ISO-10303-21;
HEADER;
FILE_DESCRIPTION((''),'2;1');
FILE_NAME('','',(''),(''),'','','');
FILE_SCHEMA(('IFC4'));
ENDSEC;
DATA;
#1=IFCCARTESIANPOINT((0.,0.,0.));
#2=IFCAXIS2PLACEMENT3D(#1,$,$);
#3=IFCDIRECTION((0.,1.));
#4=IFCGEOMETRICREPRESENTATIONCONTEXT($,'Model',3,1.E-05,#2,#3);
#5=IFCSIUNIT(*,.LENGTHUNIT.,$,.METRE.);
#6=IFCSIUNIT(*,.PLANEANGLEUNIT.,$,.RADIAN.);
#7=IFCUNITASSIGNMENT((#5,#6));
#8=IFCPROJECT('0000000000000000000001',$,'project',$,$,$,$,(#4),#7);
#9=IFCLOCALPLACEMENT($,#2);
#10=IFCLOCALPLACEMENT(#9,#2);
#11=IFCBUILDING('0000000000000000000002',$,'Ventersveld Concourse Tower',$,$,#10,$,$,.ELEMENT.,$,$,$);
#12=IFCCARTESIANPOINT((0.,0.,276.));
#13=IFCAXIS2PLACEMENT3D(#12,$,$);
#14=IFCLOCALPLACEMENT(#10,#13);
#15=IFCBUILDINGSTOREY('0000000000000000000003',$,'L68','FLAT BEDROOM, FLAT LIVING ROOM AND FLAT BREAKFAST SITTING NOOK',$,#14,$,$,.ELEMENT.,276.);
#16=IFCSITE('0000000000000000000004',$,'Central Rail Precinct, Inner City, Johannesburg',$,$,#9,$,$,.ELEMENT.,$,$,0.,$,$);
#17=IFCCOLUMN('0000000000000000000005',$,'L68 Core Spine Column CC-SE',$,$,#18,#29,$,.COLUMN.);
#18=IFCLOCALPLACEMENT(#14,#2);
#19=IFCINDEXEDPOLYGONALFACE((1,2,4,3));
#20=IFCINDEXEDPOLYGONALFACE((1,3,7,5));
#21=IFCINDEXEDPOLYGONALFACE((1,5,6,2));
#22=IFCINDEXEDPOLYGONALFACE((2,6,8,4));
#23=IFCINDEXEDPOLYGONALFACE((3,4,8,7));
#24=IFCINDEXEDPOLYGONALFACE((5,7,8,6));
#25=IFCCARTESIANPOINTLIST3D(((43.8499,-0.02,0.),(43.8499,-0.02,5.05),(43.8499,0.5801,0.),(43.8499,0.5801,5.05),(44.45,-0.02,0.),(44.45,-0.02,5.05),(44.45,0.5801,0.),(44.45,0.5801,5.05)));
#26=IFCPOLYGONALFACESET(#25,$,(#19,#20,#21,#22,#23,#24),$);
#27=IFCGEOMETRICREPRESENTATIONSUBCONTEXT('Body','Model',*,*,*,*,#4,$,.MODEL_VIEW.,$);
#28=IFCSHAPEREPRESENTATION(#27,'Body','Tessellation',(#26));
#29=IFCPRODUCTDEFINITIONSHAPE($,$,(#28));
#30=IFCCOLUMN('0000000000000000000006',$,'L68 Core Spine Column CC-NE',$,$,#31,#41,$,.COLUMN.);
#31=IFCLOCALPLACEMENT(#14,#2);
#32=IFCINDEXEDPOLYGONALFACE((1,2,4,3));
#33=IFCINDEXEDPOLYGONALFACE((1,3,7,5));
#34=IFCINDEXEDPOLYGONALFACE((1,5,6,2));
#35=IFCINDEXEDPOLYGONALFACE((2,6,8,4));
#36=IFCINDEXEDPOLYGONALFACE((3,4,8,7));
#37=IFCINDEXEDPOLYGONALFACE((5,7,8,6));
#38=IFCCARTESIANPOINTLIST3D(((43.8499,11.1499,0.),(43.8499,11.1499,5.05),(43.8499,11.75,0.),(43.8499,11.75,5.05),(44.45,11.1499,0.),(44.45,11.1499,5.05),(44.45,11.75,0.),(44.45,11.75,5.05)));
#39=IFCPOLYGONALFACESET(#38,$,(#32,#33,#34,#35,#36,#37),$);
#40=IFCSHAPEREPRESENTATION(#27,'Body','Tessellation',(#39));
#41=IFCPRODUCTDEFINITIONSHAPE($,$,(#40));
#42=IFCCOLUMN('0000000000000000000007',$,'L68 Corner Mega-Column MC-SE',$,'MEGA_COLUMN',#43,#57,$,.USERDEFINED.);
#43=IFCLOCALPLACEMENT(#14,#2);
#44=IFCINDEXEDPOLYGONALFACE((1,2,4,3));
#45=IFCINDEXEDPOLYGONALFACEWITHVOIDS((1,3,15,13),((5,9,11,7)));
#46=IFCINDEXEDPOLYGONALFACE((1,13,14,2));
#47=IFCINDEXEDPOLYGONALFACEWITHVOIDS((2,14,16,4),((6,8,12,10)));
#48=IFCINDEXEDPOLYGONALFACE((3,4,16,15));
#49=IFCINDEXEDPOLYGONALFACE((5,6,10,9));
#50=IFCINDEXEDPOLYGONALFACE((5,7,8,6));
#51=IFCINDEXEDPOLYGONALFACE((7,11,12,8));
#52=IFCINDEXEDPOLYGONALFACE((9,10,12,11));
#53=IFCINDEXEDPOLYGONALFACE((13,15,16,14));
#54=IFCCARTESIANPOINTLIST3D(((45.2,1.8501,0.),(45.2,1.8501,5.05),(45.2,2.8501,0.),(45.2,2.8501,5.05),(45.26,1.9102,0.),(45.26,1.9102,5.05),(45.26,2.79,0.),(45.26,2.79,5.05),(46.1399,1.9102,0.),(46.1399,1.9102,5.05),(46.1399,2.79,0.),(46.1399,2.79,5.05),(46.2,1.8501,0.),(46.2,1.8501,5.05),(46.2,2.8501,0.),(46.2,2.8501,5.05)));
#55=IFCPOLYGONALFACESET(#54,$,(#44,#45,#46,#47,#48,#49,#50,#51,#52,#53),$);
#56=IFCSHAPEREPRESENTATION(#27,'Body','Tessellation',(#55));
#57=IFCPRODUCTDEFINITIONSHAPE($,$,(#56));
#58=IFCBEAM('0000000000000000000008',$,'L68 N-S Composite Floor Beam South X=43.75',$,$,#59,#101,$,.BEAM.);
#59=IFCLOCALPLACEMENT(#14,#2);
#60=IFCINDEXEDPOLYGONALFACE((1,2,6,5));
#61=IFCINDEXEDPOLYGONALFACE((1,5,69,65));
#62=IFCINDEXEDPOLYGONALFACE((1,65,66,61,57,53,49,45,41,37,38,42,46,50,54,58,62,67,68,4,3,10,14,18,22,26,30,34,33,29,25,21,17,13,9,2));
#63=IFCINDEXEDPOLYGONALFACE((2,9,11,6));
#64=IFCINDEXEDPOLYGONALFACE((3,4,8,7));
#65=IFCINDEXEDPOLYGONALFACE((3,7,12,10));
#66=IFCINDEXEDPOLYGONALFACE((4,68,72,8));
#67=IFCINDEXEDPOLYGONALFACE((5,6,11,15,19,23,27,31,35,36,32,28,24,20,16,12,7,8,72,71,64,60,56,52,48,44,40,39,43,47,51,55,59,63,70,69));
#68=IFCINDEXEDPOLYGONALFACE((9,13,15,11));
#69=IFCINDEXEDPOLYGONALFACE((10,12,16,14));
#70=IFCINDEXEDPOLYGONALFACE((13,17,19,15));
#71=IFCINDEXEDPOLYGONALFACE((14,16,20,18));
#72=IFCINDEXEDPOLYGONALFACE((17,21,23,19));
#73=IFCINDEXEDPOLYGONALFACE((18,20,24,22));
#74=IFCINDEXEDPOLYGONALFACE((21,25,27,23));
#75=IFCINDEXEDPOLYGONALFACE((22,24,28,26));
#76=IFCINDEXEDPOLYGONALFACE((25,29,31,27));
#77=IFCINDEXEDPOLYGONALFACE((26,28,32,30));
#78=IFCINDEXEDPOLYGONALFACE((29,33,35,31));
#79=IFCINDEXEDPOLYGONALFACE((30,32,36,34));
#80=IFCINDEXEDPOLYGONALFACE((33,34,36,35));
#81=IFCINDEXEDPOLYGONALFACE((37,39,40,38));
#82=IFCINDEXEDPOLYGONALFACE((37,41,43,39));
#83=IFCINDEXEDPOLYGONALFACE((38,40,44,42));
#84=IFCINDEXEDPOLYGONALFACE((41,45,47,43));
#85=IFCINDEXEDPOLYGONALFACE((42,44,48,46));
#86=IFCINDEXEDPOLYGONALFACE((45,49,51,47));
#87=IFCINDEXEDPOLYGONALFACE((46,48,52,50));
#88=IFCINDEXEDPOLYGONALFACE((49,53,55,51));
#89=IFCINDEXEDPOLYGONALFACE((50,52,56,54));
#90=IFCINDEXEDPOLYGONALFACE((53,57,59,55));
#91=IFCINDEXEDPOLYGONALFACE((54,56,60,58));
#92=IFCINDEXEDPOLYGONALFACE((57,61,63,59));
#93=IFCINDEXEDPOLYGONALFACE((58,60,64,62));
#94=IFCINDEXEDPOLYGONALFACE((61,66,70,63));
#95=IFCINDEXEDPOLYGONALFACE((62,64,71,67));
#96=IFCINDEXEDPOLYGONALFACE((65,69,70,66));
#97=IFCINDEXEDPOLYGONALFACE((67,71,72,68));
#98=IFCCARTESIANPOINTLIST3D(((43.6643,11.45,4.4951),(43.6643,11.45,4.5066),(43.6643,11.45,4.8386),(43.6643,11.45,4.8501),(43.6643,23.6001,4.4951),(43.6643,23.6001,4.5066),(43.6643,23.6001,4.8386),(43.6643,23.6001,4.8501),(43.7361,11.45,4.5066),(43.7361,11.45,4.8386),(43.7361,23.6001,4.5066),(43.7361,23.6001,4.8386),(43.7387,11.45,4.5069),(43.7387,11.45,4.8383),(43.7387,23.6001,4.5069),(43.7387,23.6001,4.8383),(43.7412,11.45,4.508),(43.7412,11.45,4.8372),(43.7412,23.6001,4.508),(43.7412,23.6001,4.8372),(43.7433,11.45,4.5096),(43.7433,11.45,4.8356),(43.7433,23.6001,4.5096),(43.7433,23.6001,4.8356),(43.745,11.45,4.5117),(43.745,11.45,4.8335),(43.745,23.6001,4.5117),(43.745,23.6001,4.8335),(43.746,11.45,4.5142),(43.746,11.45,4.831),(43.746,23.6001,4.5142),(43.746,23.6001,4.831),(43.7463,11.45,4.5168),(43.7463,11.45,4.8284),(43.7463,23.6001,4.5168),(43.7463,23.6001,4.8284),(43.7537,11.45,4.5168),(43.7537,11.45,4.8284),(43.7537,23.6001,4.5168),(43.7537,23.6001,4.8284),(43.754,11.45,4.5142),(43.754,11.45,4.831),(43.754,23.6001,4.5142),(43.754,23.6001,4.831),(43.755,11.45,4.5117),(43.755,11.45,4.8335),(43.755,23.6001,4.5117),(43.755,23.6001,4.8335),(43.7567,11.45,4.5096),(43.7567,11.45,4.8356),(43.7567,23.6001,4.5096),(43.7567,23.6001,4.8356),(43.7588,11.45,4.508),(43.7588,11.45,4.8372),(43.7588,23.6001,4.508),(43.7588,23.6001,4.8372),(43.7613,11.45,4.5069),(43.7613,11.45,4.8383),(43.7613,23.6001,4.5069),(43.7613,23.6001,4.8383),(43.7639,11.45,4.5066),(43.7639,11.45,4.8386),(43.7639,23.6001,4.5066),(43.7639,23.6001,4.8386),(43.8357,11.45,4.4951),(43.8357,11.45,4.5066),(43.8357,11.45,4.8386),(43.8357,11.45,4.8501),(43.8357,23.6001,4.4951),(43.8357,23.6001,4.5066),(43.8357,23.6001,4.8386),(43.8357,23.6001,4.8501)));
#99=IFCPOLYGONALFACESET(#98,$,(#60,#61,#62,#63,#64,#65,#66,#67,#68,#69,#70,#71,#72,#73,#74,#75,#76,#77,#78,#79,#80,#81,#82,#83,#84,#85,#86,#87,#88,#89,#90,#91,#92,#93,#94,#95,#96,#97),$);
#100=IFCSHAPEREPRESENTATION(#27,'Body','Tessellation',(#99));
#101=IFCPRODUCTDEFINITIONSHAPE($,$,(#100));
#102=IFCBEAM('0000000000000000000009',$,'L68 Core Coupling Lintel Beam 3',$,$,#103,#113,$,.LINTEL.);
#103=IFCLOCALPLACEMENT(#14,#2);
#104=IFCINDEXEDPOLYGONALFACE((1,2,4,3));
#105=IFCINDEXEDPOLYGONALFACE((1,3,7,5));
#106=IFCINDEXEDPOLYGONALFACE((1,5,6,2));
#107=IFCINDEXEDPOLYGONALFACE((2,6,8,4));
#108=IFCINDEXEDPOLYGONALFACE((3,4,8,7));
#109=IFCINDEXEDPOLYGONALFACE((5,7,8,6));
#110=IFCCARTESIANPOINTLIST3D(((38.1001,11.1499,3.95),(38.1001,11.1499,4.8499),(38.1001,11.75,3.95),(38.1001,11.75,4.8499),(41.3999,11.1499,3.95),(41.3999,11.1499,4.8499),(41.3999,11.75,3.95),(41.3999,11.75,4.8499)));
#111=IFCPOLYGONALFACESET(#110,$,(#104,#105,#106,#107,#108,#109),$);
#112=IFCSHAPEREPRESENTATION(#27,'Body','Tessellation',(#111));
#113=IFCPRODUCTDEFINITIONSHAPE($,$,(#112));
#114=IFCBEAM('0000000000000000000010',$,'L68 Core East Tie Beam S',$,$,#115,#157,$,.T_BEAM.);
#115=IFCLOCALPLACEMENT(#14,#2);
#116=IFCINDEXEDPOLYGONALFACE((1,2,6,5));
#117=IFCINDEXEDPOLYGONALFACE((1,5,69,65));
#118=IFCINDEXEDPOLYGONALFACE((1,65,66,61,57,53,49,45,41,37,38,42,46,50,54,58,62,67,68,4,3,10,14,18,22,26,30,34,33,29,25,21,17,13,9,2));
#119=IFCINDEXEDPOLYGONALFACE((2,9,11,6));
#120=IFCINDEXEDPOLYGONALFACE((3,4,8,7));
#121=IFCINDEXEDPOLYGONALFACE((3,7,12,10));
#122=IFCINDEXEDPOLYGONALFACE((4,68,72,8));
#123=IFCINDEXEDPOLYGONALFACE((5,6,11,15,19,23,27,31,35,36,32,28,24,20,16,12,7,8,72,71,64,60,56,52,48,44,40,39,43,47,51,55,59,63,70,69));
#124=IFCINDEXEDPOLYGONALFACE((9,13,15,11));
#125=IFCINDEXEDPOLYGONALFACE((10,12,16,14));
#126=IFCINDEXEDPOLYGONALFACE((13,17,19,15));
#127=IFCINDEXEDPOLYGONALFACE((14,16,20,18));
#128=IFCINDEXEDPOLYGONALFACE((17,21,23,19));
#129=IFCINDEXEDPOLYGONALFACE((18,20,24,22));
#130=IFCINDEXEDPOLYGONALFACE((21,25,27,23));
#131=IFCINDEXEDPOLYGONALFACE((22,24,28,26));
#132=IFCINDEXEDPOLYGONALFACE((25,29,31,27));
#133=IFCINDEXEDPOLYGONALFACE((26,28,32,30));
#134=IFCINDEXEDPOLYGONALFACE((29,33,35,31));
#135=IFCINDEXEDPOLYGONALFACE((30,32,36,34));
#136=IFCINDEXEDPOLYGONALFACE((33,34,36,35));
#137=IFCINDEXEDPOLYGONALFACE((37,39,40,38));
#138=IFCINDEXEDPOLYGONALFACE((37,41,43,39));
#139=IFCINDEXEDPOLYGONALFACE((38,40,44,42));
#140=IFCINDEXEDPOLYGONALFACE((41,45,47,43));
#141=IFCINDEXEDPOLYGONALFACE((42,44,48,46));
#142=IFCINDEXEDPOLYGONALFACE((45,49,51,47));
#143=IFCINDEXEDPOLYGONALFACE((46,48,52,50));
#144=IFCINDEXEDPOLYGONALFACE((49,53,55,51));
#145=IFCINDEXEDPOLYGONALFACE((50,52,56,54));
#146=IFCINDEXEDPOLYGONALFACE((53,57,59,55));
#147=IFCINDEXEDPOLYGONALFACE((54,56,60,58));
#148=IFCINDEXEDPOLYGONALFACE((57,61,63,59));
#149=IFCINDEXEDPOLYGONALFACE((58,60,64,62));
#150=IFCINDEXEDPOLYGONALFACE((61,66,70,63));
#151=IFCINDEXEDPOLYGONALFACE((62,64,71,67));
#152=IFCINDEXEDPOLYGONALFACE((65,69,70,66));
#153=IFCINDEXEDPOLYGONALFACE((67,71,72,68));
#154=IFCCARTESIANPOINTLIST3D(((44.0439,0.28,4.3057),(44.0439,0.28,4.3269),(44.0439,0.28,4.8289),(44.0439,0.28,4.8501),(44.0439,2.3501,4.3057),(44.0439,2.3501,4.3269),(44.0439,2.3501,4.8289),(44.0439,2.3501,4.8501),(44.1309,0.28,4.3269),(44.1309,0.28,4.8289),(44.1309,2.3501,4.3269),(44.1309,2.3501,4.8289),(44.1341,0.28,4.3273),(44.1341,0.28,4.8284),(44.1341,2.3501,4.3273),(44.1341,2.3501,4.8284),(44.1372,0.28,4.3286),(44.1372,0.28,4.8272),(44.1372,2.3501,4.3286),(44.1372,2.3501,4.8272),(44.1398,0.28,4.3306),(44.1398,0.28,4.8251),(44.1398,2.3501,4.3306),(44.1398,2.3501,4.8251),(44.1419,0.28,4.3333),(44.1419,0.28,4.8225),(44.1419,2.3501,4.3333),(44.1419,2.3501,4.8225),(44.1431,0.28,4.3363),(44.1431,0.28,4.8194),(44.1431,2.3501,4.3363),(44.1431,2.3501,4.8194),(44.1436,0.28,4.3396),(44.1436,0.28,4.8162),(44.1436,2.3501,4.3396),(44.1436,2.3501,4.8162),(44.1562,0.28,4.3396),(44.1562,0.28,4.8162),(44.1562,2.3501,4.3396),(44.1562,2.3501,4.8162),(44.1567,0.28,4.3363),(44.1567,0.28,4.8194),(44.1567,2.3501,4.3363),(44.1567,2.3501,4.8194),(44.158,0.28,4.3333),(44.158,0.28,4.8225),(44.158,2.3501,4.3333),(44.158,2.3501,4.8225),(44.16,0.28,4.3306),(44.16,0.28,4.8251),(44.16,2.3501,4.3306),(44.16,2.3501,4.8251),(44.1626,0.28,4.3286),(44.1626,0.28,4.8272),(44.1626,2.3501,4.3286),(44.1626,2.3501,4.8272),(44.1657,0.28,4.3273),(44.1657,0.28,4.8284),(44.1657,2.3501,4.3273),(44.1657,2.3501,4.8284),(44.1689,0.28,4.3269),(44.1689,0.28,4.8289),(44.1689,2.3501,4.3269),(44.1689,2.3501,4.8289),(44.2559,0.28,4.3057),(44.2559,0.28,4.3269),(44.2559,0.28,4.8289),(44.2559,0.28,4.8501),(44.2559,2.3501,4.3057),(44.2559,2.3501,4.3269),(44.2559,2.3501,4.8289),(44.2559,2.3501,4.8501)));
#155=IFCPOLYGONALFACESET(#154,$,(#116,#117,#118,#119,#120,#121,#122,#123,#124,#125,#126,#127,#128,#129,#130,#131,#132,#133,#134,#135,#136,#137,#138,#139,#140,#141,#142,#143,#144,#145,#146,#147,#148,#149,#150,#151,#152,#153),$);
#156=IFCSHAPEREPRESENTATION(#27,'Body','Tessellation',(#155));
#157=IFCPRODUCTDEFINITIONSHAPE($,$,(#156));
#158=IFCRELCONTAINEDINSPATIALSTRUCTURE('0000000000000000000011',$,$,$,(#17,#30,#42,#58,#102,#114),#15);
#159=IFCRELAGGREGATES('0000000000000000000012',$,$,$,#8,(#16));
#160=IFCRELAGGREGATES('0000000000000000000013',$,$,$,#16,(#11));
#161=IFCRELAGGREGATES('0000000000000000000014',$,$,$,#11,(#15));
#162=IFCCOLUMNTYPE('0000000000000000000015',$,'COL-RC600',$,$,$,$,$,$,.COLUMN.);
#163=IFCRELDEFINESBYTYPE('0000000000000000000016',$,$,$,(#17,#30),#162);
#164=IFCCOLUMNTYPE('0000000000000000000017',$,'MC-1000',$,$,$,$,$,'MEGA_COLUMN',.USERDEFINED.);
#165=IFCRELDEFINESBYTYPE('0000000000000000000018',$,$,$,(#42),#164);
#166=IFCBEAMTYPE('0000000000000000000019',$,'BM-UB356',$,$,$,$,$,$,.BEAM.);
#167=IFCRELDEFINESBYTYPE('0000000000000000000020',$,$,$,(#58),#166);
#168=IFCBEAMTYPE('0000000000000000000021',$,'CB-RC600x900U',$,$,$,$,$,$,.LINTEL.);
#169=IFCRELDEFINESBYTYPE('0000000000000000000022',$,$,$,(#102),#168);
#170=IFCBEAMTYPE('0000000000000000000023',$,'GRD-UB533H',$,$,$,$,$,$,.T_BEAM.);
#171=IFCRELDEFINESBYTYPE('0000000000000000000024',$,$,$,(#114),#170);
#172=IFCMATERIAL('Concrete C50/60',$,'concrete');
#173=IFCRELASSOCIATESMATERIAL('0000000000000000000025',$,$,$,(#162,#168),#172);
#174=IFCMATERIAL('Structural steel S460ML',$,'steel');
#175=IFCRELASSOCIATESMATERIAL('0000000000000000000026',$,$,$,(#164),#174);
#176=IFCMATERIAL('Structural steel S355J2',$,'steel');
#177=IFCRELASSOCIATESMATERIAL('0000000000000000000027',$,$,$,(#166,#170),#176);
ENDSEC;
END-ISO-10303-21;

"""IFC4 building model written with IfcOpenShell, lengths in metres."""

from ifc_helpers import new_model, si_unit, direction, frame, origin, origin_2d, place, context, subcontext, project, spatial, rectangle, hollow_rectangle, i_section, extrude, material, material_profile, profile_set, type_object, element, save


model = new_model("IFC4")

# Units and contexts
model_context = context("Model", 3, precision=1e-05, world=origin(), true_north=direction((0.0, 1.0)))
body_context = subcontext(model_context, "Body", "Model", "MODEL_VIEW")
ifc_project = project(units=[si_unit("LENGTHUNIT", "METRE"), si_unit("PLANEANGLEUNIT", "RADIAN")], contexts=[model_context])

# Site, building, storey
site_placement = place(None, origin())
site = spatial("IfcSite", under=ifc_project, at=site_placement, Name="Central Rail Precinct, Inner City, Johannesburg", CompositionType="ELEMENT", RefElevation=0.0)
building_placement = place(site_placement, origin())
building = spatial("IfcBuilding", under=site, at=building_placement, Name="Ventersveld Concourse Tower", CompositionType="ELEMENT")
storey_placement = place(building_placement, frame((0.0, 0.0, 276.0)))
storey = spatial("IfcBuildingStorey", under=building, at=storey_placement, Name="L68", Description="FLAT BEDROOM, FLAT LIVING ROOM AND FLAT BREAKFAST SITTING NOOK", CompositionType="ELEMENT", Elevation=276.0)

# Columns
ifc_material_1 = material(Name="Concrete C50/60", Category="concrete")
ifc_material_profile_1 = material_profile(ifc_material_1, rectangle(XDim=0.6001, YDim=0.6001, at=origin_2d()), Name="RC 600x600")
ifc_profile_set_1 = profile_set([ifc_material_profile_1], Name="Concrete C50/60")
column_type_1 = type_object("IfcColumnType", Name="COL-RC600", PredefinedType="COLUMN", material=ifc_profile_set_1)
for number, where, z_axis, x_axis, name in (
    (1, (44.1499, 0.28, 0.0), (0.0, 0.0, 1.0), (1.0, 0.0, 0.0), "L68 Core Spine Column CC-SE"),
    (2, (44.1499, 11.45, 0.0), (0.0, 0.0, 1.0), (1.0, 0.0, 0.0), "L68 Core Spine Column CC-NE"),
):
    element("IfcColumn", number, at=place(storey_placement, frame(where, z_axis=z_axis, x_axis=x_axis)), inside=storey, type_object=column_type_1, Name=name, PredefinedType="COLUMN", context=body_context, shape_type="SweptSolid", body=[
        extrude(rectangle(XDim=0.6001, YDim=0.6001, at=origin_2d()), origin(), (0.0, 0.0, 1.0), 5.05),
    ])
ifc_material_2 = material(Name="Structural steel S460ML", Category="steel")
ifc_material_profile_2 = material_profile(ifc_material_2, hollow_rectangle(XDim=1.0, YDim=1.0, WallThickness=0.0601, at=origin_2d()), Name="BOX 1000x1000x60")
ifc_profile_set_2 = profile_set([ifc_material_profile_2], Name="Structural steel S460ML")
column_type_2 = type_object("IfcColumnType", Name="MC-1000", ElementType="MEGA_COLUMN", PredefinedType="USERDEFINED", material=ifc_profile_set_2)
column_placement = place(storey_placement, frame((45.7, 2.3501, 0.0), z_axis=(0.0, 0.0, 1.0), x_axis=(1.0, 0.0, 0.0)))
element("IfcColumn", 3, at=column_placement, inside=storey, type_object=column_type_2, Name="L68 Corner Mega-Column MC-SE", ObjectType="MEGA_COLUMN", PredefinedType="USERDEFINED", context=body_context, shape_type="SweptSolid", body=[
    extrude(hollow_rectangle(XDim=1.0, YDim=1.0, WallThickness=0.0601, at=origin_2d()), origin(), (0.0, 0.0, 1.0), 5.05),
])

# Beams
ifc_material_3 = material(Name="Structural steel S355J2", Category="steel")
ifc_material_profile_3 = material_profile(ifc_material_3, i_section(OverallWidth=0.1714, OverallDepth=0.355, WebThickness=0.0073, FlangeThickness=0.0115, FilletRadius=0.0103, at=origin_2d()), Name="UB 356x171x51")
ifc_profile_set_3 = profile_set([ifc_material_profile_3], Name="Structural steel S355J2")
beam_type_1 = type_object("IfcBeamType", Name="BM-UB356", PredefinedType="BEAM", material=ifc_profile_set_3)
beam_1_placement = place(storey_placement, frame((43.75, 11.45, 4.6726), z_axis=(0.0, 1.0, 0.0), x_axis=(-1.0, 0.0, 0.0)))
element("IfcBeam", 4, at=beam_1_placement, inside=storey, type_object=beam_type_1, Name="L68 N-S Composite Floor Beam South X=43.75", PredefinedType="BEAM", context=body_context, shape_type="SweptSolid", body=[
    extrude(i_section(OverallWidth=0.1714, OverallDepth=0.355, WebThickness=0.0073, FlangeThickness=0.0115, FilletRadius=0.0103, at=origin_2d()), origin(), (0.0, 0.0, 1.0), 12.1501),
])
ifc_material_profile_4 = material_profile(ifc_material_1, rectangle(XDim=0.6001, YDim=0.8999, at=origin_2d()), Name="RC 600x900")
ifc_profile_set_4 = profile_set([ifc_material_profile_4], Name="Concrete C50/60")
beam_type_2 = type_object("IfcBeamType", Name="CB-RC600x900U", PredefinedType="LINTEL", material=ifc_profile_set_4)
beam_2_placement = place(storey_placement, frame((38.1001, 11.45, 4.3999), z_axis=(1.0, 0.0, 0.0), x_axis=(0.0, 1.0, 0.0)))
element("IfcBeam", 5, at=beam_2_placement, inside=storey, type_object=beam_type_2, Name="L68 Core Coupling Lintel Beam 3", PredefinedType="LINTEL", context=body_context, shape_type="SweptSolid", body=[
    extrude(rectangle(XDim=0.6001, YDim=0.8999, at=origin_2d()), origin(), (0.0, 0.0, 1.0), 3.2998),
])
ifc_material_profile_5 = material_profile(ifc_material_3, i_section(OverallWidth=0.2119, OverallDepth=0.5444, WebThickness=0.0127, FlangeThickness=0.0212, FilletRadius=0.0127, at=origin_2d()), Name="UB 533x210x122")
ifc_profile_set_5 = profile_set([ifc_material_profile_5], Name="Structural steel S355J2")
beam_type_3 = type_object("IfcBeamType", Name="GRD-UB533H", PredefinedType="T_BEAM", material=ifc_profile_set_5)
beam_3_placement = place(storey_placement, frame((44.1499, 0.28, 4.5779), z_axis=(0.0, 1.0, 0.0), x_axis=(-1.0, 0.0, 0.0)))
element("IfcBeam", 6, at=beam_3_placement, inside=storey, type_object=beam_type_3, Name="L68 Core East Tie Beam S", PredefinedType="T_BEAM", context=body_context, shape_type="SweptSolid", body=[
    extrude(i_section(OverallWidth=0.2119, OverallDepth=0.5444, WebThickness=0.0127, FlangeThickness=0.0212, FilletRadius=0.0127, at=origin_2d()), origin(), (0.0, 0.0, 1.0), 2.0701),
])

save(model, "model.ifc")
